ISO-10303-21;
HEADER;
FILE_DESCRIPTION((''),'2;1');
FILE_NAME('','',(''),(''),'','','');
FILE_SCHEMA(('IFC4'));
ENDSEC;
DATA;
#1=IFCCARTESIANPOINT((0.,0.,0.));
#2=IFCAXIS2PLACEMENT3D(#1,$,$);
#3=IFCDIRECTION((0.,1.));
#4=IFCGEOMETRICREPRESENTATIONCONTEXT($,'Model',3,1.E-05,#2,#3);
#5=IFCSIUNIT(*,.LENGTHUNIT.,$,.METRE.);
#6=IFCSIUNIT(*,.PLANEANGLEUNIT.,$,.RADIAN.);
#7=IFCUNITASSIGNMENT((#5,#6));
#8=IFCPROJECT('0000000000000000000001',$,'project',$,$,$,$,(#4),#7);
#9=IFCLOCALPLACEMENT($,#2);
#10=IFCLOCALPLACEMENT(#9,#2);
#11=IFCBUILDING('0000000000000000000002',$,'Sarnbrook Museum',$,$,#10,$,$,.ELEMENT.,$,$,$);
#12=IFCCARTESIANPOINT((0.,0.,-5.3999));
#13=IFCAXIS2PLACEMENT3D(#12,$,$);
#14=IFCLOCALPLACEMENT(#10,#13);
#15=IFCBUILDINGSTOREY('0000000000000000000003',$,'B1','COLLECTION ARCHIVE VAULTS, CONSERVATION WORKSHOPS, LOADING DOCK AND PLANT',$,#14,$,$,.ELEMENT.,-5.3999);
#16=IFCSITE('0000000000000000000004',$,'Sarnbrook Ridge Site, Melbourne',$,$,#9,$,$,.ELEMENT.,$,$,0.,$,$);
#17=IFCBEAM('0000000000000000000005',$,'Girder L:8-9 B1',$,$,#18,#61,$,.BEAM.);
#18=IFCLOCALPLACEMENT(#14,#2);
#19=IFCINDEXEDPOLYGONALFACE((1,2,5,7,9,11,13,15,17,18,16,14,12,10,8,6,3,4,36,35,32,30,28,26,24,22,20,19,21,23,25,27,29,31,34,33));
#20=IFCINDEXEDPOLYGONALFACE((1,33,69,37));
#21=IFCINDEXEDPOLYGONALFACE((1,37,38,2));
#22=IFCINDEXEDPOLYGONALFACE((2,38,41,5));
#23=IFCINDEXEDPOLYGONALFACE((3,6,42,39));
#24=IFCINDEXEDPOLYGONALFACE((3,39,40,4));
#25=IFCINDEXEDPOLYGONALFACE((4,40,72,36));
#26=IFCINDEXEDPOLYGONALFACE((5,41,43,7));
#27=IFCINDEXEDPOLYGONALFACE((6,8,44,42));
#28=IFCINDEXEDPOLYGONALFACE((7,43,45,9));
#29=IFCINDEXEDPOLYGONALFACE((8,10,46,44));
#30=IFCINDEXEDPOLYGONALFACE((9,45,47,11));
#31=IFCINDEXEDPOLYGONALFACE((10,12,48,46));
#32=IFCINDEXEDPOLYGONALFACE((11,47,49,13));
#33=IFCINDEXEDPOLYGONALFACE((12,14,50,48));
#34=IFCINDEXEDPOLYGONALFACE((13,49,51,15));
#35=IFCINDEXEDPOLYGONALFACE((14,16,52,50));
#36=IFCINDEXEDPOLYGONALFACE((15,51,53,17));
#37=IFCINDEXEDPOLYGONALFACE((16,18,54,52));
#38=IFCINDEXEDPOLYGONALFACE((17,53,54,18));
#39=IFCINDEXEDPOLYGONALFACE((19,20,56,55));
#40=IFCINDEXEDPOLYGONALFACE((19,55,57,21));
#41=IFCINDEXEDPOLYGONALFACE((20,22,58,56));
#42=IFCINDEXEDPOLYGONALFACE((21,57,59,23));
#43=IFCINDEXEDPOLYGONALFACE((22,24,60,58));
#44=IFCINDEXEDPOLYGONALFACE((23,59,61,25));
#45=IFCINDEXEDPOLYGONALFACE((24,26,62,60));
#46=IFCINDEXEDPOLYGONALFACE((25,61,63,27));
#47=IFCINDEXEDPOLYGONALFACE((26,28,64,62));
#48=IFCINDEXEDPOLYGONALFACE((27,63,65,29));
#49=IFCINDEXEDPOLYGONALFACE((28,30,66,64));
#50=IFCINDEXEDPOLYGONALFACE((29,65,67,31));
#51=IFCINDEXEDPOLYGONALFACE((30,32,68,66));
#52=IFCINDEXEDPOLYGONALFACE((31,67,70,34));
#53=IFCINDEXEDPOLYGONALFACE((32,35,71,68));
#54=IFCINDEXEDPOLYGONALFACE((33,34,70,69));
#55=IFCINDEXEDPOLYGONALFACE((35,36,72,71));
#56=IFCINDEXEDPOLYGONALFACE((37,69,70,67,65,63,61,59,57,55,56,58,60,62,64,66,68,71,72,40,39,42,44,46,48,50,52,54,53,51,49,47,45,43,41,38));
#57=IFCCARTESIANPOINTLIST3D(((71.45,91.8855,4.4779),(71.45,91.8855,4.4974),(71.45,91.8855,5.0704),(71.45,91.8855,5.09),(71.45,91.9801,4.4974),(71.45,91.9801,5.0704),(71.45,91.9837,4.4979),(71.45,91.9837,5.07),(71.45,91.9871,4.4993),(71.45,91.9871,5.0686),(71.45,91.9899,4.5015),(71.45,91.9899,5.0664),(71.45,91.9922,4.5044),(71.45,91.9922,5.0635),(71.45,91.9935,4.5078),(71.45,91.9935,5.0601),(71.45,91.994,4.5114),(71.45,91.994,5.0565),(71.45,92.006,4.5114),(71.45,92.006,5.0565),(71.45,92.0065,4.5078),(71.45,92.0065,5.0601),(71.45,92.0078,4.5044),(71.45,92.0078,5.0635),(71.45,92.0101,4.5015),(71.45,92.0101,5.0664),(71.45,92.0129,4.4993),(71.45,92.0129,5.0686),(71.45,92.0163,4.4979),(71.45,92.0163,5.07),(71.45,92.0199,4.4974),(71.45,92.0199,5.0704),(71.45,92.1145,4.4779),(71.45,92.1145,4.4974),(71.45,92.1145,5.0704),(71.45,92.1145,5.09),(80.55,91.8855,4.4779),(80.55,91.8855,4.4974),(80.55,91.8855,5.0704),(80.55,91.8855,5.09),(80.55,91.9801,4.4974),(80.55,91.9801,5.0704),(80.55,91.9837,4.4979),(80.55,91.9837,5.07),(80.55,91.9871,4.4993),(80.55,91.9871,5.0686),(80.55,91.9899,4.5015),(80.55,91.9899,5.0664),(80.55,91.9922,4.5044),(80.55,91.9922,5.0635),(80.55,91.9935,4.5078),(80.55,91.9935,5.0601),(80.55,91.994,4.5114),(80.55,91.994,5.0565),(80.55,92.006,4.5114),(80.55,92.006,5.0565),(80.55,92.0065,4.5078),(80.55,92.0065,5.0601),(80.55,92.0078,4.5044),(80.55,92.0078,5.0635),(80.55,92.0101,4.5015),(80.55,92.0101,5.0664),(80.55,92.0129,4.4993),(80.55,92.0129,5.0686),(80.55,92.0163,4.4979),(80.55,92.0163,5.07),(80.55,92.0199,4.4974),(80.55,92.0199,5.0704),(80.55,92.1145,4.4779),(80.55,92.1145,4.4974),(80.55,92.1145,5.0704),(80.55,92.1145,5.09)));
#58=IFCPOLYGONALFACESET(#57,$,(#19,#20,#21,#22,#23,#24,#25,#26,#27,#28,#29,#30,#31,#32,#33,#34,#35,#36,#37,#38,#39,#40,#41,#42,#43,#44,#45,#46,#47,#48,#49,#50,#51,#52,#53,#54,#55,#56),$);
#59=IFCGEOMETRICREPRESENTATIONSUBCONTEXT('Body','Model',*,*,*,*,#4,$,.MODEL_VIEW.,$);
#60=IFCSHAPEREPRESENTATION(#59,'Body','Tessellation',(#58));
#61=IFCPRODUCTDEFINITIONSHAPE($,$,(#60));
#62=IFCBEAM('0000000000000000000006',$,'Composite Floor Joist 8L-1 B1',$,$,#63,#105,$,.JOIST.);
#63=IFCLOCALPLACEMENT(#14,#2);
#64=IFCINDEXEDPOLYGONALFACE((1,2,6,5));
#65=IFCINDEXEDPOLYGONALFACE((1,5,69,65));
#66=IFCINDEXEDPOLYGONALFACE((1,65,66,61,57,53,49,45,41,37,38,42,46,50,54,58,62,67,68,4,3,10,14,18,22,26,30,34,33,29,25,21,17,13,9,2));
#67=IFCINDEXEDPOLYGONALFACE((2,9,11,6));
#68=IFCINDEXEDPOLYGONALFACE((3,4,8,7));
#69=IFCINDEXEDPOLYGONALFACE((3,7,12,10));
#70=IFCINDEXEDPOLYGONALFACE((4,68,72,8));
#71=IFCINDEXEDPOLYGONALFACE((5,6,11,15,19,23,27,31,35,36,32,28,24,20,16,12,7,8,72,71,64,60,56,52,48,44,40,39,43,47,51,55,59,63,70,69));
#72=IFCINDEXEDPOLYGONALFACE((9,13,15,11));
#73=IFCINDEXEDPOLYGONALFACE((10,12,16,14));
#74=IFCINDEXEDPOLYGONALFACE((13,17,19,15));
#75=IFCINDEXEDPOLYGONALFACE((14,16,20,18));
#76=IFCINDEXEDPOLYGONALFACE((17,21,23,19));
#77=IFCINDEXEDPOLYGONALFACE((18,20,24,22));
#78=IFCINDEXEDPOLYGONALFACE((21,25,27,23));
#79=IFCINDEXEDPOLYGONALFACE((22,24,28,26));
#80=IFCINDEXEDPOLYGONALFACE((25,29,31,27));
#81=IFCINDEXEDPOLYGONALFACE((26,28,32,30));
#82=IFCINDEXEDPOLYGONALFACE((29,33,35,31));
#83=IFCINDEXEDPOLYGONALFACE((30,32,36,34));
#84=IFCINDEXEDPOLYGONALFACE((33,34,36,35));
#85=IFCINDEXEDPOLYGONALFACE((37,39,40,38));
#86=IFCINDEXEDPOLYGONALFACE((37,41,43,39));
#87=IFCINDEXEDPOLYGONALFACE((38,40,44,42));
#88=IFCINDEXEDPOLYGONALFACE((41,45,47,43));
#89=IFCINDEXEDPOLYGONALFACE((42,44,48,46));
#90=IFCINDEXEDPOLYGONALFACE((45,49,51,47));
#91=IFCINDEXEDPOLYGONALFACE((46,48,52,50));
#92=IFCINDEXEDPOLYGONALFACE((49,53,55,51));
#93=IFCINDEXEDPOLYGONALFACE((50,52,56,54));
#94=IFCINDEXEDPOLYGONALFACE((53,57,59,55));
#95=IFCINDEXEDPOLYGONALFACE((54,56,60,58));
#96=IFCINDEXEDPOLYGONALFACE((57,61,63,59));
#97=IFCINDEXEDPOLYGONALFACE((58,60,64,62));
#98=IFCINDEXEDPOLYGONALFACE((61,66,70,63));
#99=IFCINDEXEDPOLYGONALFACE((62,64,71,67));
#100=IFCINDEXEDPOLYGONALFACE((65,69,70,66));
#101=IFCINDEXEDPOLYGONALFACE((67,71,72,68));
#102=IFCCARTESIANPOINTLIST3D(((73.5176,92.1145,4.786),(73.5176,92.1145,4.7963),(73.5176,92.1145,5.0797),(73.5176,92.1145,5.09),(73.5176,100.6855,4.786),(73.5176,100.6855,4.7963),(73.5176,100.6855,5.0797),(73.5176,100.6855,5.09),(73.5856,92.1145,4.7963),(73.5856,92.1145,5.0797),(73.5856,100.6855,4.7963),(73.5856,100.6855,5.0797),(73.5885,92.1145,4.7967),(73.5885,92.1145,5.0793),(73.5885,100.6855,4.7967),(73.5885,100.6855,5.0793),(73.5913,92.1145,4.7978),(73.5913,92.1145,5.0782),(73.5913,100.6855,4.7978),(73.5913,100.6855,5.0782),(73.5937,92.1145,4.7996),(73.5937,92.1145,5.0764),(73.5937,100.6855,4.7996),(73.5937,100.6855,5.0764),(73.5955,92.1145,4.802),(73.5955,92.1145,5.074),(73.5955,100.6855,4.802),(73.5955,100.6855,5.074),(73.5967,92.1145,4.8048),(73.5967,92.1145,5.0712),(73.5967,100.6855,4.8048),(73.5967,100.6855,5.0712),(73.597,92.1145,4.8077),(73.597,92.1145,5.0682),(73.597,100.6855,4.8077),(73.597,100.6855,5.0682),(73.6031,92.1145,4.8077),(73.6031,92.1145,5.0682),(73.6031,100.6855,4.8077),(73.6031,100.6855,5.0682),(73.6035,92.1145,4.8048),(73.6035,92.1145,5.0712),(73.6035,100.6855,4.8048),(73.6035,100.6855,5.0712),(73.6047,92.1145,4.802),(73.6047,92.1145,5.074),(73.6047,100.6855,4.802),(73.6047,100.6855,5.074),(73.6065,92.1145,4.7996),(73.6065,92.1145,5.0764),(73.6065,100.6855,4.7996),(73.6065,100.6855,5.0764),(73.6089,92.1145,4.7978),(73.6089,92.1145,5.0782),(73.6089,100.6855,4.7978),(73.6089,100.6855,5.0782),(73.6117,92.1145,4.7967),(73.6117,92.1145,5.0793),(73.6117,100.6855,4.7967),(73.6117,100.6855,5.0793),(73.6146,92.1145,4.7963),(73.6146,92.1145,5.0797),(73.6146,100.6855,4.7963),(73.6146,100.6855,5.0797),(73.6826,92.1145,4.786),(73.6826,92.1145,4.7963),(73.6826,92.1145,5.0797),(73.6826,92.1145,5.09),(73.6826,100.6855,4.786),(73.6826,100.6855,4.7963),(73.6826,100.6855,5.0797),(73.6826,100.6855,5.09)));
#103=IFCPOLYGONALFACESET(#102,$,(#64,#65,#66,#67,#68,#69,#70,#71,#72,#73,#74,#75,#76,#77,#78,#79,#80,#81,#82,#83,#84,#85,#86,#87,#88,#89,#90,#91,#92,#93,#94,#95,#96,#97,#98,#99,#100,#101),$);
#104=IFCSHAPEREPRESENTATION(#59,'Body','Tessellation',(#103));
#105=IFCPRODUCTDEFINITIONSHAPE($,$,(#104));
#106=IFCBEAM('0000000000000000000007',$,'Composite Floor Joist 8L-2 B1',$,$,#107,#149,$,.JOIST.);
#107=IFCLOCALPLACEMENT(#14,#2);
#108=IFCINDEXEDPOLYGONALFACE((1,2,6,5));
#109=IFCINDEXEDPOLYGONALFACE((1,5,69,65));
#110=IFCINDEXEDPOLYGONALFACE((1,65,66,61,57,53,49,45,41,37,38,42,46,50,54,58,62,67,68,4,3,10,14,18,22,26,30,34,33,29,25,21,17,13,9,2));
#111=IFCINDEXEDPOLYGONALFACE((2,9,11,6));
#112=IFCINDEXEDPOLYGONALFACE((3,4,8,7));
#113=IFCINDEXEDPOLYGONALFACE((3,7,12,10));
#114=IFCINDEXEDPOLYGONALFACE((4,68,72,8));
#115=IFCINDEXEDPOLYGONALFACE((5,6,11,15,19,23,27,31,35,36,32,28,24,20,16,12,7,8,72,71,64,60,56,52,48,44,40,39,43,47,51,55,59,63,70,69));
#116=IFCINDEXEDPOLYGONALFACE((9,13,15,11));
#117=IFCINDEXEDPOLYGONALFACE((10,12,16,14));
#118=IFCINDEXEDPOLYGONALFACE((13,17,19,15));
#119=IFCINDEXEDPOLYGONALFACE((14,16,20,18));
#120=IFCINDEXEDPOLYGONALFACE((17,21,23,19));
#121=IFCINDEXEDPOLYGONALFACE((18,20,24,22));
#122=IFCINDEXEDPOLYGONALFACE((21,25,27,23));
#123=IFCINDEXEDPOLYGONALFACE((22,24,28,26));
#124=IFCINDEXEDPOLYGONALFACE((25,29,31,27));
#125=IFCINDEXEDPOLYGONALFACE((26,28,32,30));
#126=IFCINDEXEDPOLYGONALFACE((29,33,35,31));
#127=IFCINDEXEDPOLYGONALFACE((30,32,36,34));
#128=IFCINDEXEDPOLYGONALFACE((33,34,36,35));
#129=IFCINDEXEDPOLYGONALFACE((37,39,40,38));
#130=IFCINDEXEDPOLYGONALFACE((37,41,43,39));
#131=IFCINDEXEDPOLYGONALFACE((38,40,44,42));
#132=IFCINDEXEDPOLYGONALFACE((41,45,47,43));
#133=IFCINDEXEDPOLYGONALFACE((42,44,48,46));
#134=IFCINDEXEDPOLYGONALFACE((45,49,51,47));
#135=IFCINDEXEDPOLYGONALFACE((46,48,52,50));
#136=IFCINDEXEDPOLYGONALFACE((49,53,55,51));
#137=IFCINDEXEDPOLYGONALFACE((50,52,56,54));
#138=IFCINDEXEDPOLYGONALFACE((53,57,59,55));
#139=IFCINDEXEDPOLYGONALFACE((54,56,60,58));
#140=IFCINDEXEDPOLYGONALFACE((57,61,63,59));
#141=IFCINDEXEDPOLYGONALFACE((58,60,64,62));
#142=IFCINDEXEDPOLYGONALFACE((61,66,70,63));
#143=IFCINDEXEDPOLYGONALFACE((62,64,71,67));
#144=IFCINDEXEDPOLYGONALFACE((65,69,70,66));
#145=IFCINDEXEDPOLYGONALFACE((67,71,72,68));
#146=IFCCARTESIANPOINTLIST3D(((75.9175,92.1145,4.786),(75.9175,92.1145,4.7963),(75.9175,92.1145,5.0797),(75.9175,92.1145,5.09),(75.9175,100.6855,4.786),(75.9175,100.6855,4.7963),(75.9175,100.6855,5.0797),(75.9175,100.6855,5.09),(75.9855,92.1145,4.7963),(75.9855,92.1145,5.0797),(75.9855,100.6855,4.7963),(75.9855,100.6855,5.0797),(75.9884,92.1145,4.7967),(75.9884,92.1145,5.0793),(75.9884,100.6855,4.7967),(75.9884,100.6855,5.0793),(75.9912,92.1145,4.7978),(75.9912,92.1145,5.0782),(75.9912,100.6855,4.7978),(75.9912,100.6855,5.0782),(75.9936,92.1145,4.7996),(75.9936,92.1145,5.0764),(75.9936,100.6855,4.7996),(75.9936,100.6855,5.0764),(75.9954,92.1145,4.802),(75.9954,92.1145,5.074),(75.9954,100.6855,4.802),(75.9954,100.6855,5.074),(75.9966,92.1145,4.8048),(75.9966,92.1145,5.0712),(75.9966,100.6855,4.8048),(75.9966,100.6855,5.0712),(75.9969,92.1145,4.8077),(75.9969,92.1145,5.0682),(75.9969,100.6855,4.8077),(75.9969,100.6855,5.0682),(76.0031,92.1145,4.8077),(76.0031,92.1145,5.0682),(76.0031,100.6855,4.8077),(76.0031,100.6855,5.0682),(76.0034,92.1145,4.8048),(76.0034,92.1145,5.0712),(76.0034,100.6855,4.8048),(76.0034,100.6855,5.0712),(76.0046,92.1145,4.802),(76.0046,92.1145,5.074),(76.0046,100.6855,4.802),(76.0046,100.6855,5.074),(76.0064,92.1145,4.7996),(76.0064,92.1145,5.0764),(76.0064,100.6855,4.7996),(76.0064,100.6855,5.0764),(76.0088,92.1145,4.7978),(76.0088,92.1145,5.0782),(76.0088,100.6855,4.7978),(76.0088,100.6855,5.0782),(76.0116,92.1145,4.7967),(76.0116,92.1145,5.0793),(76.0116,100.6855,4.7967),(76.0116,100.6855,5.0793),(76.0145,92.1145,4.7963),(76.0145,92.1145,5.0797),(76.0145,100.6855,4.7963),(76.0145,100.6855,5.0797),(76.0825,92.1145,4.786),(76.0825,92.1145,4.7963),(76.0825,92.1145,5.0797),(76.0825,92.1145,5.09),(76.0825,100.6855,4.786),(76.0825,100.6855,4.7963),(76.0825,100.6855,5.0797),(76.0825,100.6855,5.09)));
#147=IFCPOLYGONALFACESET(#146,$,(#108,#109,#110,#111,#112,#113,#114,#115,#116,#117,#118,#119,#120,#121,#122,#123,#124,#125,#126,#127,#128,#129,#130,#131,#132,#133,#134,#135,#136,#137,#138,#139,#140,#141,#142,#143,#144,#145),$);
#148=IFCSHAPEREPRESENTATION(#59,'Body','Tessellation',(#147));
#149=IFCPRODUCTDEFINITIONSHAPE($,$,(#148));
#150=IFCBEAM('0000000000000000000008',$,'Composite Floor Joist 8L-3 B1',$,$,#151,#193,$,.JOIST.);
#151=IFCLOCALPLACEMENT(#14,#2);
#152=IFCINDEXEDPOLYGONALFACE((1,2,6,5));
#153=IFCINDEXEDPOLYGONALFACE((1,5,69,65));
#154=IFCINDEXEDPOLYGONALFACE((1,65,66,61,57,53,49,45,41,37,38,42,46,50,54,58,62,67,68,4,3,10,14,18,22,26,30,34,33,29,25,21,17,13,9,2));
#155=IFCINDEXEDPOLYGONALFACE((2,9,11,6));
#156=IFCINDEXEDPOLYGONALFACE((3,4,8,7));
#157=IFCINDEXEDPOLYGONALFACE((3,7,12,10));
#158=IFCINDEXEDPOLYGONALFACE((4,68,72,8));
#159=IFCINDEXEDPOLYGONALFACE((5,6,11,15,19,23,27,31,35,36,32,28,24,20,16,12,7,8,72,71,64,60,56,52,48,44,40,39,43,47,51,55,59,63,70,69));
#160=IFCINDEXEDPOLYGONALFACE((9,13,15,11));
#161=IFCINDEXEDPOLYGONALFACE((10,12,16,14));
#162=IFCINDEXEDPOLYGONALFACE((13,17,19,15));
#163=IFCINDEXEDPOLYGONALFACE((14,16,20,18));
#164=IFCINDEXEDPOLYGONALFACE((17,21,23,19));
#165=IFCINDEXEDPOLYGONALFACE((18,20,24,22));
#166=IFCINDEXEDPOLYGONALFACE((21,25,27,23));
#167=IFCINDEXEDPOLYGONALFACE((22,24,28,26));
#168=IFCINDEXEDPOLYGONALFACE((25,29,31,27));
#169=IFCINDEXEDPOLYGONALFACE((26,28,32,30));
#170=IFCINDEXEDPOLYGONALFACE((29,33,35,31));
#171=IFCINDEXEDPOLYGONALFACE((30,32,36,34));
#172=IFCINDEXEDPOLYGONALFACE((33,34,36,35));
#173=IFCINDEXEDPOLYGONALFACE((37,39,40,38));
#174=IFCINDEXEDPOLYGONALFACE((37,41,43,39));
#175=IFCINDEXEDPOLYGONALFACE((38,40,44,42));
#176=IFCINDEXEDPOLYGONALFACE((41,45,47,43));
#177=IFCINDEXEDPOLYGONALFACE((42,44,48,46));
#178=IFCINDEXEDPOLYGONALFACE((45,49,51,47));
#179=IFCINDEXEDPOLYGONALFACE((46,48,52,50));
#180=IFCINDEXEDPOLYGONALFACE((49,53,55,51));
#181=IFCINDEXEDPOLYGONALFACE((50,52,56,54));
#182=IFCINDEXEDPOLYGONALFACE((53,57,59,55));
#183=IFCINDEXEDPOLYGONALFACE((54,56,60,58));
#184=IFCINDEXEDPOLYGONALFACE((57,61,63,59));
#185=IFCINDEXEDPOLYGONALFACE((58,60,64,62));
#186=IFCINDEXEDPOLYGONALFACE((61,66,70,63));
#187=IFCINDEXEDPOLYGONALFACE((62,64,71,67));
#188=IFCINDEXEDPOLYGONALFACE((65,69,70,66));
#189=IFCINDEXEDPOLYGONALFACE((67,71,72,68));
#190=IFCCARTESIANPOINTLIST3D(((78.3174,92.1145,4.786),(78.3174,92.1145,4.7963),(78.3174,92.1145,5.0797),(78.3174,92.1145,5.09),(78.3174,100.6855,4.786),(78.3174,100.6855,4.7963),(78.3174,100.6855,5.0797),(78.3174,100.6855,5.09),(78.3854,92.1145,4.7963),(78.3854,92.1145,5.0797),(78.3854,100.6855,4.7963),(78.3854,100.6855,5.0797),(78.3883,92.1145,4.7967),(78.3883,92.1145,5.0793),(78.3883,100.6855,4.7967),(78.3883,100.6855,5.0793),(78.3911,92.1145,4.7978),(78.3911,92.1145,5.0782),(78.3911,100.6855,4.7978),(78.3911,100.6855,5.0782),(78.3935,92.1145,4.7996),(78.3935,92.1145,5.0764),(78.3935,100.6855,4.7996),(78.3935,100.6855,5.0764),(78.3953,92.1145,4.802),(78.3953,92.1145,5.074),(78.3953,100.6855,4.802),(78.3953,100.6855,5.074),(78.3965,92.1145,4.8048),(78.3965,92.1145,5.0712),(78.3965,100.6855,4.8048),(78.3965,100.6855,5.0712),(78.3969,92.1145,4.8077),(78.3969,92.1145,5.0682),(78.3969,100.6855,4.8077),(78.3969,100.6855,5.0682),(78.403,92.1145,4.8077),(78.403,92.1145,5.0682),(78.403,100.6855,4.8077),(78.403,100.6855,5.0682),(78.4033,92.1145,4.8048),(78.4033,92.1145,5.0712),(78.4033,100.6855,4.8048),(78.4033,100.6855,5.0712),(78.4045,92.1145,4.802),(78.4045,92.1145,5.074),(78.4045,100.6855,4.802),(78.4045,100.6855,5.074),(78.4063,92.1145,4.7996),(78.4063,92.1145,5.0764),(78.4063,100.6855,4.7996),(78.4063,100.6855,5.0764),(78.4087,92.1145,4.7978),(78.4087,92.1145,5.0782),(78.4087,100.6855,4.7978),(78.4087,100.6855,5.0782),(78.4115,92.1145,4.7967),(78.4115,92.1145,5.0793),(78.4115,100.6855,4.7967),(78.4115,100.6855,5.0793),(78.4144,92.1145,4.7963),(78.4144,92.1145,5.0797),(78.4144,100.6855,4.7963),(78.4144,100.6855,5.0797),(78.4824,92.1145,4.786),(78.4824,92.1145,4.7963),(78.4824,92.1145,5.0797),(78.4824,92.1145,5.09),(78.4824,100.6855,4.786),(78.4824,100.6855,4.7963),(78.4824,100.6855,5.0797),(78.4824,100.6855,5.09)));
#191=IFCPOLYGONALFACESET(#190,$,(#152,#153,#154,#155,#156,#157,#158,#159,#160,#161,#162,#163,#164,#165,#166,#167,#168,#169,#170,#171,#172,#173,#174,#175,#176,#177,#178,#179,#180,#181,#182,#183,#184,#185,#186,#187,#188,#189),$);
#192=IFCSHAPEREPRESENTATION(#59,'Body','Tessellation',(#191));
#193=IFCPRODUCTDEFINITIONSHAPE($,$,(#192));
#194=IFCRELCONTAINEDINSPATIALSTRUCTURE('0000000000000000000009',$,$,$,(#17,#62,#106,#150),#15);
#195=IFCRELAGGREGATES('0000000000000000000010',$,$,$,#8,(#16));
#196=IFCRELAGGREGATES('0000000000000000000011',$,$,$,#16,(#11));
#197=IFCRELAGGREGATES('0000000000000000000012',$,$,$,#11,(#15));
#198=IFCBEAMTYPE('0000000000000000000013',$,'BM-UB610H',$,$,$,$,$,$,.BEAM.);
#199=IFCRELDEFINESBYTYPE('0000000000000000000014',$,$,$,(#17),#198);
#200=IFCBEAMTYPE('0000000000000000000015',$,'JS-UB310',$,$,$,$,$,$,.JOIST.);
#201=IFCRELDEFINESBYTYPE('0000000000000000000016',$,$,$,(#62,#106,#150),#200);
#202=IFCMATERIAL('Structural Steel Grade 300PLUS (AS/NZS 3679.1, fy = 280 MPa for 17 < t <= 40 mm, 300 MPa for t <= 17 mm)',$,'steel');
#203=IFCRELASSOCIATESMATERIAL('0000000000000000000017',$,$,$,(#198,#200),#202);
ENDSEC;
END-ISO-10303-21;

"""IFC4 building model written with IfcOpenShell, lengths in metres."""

from ifc_helpers import new_model, si_unit, direction, frame, origin, origin_2d, place, context, subcontext, project, spatial, i_section, extrude, material, material_profile, profile_set, type_object, element, save


model = new_model("IFC4")

# Units and contexts
model_context = context("Model", 3, precision=1e-05, world=origin(), true_north=direction((0.0, 1.0)))
body_context = subcontext(model_context, "Body", "Model", "MODEL_VIEW")
ifc_project = project(units=[si_unit("LENGTHUNIT", "METRE"), si_unit("PLANEANGLEUNIT", "RADIAN")], contexts=[model_context])

# Site, building, storey
site_placement = place(None, origin())
site = spatial("IfcSite", under=ifc_project, at=site_placement, Name="Sarnbrook Ridge Site, Melbourne", CompositionType="ELEMENT", RefElevation=0.0)
building_placement = place(site_placement, origin())
building = spatial("IfcBuilding", under=site, at=building_placement, Name="Sarnbrook Museum", CompositionType="ELEMENT")
storey_placement = place(building_placement, frame((0.0, 0.0, -5.3999)))
storey = spatial("IfcBuildingStorey", under=building, at=storey_placement, Name="B1", Description="COLLECTION ARCHIVE VAULTS, CONSERVATION WORKSHOPS, LOADING DOCK AND PLANT", CompositionType="ELEMENT", Elevation=-5.3999)

# Beams
ifc_material_1 = material(Name="Structural Steel Grade 300PLUS (AS/NZS 3679.1, fy = 280 MPa for 17 < t <= 40 mm, 300 MPa for t <= 17 mm)", Category="steel")
ifc_material_profile_1 = material_profile(ifc_material_1, i_section(OverallWidth=0.229, OverallDepth=0.6121, WebThickness=0.012, FlangeThickness=0.0195, FilletRadius=0.0139, at=origin_2d()), Name="610UB125")
ifc_profile_set_1 = profile_set([ifc_material_profile_1], Name="Structural Steel Grade 300PLUS (AS/NZS 3679.1, fy = 280 MPa for 17 < t <= 40 mm, 300 MPa for t <= 17 mm)")
beam_type_1 = type_object("IfcBeamType", Name="BM-UB610H", PredefinedType="BEAM", material=ifc_profile_set_1)
for number, where, z_axis, x_axis, name in (
    (1, (71.45, 92.0, 4.7839), (1.0, 0.0, 0.0), (0.0, 1.0, 0.0), "Girder L:8-9 B1"),
):
    element("IfcBeam", number, at=place(storey_placement, frame(where, z_axis=z_axis, x_axis=x_axis)), inside=storey, type_object=beam_type_1, Name=name, PredefinedType="BEAM", context=body_context, shape_type="SweptSolid", body=[
        extrude(i_section(OverallWidth=0.229, OverallDepth=0.6121, WebThickness=0.012, FlangeThickness=0.0195, FilletRadius=0.0139, at=origin_2d()), origin(), (0.0, 0.0, 1.0), 9.1001),
    ])
ifc_material_profile_2 = material_profile(ifc_material_1, i_section(OverallWidth=0.165, OverallDepth=0.304, WebThickness=0.0061, FlangeThickness=0.0103, FilletRadius=0.0115, at=origin_2d()), Name="310UB40.4")
ifc_profile_set_2 = profile_set([ifc_material_profile_2], Name="Structural Steel Grade 300PLUS (AS/NZS 3679.1, fy = 280 MPa for 17 < t <= 40 mm, 300 MPa for t <= 17 mm)")
beam_type_2 = type_object("IfcBeamType", Name="JS-UB310", PredefinedType="JOIST", material=ifc_profile_set_2)
for number, where, z_axis, x_axis, name in (
    (2, (73.6001, 92.1145, 4.938), (0.0, 1.0, 0.0), (-1.0, 0.0, 0.0), "Composite Floor Joist 8L-1 B1"),
    (3, (76.0, 92.1145, 4.938), (0.0, 1.0, 0.0), (-1.0, 0.0, 0.0), "Composite Floor Joist 8L-2 B1"),
    (4, (78.3999, 92.1145, 4.938), (0.0, 1.0, 0.0), (-1.0, 0.0, 0.0), "Composite Floor Joist 8L-3 B1"),
):
    element("IfcBeam", number, at=place(storey_placement, frame(where, z_axis=z_axis, x_axis=x_axis)), inside=storey, type_object=beam_type_2, Name=name, PredefinedType="JOIST", context=body_context, shape_type="SweptSolid", body=[
        extrude(i_section(OverallWidth=0.165, OverallDepth=0.304, WebThickness=0.0061, FlangeThickness=0.0103, FilletRadius=0.0115, at=origin_2d()), origin(), (0.0, 0.0, 1.0), 8.571),
    ])

save(model, "model.ifc")
